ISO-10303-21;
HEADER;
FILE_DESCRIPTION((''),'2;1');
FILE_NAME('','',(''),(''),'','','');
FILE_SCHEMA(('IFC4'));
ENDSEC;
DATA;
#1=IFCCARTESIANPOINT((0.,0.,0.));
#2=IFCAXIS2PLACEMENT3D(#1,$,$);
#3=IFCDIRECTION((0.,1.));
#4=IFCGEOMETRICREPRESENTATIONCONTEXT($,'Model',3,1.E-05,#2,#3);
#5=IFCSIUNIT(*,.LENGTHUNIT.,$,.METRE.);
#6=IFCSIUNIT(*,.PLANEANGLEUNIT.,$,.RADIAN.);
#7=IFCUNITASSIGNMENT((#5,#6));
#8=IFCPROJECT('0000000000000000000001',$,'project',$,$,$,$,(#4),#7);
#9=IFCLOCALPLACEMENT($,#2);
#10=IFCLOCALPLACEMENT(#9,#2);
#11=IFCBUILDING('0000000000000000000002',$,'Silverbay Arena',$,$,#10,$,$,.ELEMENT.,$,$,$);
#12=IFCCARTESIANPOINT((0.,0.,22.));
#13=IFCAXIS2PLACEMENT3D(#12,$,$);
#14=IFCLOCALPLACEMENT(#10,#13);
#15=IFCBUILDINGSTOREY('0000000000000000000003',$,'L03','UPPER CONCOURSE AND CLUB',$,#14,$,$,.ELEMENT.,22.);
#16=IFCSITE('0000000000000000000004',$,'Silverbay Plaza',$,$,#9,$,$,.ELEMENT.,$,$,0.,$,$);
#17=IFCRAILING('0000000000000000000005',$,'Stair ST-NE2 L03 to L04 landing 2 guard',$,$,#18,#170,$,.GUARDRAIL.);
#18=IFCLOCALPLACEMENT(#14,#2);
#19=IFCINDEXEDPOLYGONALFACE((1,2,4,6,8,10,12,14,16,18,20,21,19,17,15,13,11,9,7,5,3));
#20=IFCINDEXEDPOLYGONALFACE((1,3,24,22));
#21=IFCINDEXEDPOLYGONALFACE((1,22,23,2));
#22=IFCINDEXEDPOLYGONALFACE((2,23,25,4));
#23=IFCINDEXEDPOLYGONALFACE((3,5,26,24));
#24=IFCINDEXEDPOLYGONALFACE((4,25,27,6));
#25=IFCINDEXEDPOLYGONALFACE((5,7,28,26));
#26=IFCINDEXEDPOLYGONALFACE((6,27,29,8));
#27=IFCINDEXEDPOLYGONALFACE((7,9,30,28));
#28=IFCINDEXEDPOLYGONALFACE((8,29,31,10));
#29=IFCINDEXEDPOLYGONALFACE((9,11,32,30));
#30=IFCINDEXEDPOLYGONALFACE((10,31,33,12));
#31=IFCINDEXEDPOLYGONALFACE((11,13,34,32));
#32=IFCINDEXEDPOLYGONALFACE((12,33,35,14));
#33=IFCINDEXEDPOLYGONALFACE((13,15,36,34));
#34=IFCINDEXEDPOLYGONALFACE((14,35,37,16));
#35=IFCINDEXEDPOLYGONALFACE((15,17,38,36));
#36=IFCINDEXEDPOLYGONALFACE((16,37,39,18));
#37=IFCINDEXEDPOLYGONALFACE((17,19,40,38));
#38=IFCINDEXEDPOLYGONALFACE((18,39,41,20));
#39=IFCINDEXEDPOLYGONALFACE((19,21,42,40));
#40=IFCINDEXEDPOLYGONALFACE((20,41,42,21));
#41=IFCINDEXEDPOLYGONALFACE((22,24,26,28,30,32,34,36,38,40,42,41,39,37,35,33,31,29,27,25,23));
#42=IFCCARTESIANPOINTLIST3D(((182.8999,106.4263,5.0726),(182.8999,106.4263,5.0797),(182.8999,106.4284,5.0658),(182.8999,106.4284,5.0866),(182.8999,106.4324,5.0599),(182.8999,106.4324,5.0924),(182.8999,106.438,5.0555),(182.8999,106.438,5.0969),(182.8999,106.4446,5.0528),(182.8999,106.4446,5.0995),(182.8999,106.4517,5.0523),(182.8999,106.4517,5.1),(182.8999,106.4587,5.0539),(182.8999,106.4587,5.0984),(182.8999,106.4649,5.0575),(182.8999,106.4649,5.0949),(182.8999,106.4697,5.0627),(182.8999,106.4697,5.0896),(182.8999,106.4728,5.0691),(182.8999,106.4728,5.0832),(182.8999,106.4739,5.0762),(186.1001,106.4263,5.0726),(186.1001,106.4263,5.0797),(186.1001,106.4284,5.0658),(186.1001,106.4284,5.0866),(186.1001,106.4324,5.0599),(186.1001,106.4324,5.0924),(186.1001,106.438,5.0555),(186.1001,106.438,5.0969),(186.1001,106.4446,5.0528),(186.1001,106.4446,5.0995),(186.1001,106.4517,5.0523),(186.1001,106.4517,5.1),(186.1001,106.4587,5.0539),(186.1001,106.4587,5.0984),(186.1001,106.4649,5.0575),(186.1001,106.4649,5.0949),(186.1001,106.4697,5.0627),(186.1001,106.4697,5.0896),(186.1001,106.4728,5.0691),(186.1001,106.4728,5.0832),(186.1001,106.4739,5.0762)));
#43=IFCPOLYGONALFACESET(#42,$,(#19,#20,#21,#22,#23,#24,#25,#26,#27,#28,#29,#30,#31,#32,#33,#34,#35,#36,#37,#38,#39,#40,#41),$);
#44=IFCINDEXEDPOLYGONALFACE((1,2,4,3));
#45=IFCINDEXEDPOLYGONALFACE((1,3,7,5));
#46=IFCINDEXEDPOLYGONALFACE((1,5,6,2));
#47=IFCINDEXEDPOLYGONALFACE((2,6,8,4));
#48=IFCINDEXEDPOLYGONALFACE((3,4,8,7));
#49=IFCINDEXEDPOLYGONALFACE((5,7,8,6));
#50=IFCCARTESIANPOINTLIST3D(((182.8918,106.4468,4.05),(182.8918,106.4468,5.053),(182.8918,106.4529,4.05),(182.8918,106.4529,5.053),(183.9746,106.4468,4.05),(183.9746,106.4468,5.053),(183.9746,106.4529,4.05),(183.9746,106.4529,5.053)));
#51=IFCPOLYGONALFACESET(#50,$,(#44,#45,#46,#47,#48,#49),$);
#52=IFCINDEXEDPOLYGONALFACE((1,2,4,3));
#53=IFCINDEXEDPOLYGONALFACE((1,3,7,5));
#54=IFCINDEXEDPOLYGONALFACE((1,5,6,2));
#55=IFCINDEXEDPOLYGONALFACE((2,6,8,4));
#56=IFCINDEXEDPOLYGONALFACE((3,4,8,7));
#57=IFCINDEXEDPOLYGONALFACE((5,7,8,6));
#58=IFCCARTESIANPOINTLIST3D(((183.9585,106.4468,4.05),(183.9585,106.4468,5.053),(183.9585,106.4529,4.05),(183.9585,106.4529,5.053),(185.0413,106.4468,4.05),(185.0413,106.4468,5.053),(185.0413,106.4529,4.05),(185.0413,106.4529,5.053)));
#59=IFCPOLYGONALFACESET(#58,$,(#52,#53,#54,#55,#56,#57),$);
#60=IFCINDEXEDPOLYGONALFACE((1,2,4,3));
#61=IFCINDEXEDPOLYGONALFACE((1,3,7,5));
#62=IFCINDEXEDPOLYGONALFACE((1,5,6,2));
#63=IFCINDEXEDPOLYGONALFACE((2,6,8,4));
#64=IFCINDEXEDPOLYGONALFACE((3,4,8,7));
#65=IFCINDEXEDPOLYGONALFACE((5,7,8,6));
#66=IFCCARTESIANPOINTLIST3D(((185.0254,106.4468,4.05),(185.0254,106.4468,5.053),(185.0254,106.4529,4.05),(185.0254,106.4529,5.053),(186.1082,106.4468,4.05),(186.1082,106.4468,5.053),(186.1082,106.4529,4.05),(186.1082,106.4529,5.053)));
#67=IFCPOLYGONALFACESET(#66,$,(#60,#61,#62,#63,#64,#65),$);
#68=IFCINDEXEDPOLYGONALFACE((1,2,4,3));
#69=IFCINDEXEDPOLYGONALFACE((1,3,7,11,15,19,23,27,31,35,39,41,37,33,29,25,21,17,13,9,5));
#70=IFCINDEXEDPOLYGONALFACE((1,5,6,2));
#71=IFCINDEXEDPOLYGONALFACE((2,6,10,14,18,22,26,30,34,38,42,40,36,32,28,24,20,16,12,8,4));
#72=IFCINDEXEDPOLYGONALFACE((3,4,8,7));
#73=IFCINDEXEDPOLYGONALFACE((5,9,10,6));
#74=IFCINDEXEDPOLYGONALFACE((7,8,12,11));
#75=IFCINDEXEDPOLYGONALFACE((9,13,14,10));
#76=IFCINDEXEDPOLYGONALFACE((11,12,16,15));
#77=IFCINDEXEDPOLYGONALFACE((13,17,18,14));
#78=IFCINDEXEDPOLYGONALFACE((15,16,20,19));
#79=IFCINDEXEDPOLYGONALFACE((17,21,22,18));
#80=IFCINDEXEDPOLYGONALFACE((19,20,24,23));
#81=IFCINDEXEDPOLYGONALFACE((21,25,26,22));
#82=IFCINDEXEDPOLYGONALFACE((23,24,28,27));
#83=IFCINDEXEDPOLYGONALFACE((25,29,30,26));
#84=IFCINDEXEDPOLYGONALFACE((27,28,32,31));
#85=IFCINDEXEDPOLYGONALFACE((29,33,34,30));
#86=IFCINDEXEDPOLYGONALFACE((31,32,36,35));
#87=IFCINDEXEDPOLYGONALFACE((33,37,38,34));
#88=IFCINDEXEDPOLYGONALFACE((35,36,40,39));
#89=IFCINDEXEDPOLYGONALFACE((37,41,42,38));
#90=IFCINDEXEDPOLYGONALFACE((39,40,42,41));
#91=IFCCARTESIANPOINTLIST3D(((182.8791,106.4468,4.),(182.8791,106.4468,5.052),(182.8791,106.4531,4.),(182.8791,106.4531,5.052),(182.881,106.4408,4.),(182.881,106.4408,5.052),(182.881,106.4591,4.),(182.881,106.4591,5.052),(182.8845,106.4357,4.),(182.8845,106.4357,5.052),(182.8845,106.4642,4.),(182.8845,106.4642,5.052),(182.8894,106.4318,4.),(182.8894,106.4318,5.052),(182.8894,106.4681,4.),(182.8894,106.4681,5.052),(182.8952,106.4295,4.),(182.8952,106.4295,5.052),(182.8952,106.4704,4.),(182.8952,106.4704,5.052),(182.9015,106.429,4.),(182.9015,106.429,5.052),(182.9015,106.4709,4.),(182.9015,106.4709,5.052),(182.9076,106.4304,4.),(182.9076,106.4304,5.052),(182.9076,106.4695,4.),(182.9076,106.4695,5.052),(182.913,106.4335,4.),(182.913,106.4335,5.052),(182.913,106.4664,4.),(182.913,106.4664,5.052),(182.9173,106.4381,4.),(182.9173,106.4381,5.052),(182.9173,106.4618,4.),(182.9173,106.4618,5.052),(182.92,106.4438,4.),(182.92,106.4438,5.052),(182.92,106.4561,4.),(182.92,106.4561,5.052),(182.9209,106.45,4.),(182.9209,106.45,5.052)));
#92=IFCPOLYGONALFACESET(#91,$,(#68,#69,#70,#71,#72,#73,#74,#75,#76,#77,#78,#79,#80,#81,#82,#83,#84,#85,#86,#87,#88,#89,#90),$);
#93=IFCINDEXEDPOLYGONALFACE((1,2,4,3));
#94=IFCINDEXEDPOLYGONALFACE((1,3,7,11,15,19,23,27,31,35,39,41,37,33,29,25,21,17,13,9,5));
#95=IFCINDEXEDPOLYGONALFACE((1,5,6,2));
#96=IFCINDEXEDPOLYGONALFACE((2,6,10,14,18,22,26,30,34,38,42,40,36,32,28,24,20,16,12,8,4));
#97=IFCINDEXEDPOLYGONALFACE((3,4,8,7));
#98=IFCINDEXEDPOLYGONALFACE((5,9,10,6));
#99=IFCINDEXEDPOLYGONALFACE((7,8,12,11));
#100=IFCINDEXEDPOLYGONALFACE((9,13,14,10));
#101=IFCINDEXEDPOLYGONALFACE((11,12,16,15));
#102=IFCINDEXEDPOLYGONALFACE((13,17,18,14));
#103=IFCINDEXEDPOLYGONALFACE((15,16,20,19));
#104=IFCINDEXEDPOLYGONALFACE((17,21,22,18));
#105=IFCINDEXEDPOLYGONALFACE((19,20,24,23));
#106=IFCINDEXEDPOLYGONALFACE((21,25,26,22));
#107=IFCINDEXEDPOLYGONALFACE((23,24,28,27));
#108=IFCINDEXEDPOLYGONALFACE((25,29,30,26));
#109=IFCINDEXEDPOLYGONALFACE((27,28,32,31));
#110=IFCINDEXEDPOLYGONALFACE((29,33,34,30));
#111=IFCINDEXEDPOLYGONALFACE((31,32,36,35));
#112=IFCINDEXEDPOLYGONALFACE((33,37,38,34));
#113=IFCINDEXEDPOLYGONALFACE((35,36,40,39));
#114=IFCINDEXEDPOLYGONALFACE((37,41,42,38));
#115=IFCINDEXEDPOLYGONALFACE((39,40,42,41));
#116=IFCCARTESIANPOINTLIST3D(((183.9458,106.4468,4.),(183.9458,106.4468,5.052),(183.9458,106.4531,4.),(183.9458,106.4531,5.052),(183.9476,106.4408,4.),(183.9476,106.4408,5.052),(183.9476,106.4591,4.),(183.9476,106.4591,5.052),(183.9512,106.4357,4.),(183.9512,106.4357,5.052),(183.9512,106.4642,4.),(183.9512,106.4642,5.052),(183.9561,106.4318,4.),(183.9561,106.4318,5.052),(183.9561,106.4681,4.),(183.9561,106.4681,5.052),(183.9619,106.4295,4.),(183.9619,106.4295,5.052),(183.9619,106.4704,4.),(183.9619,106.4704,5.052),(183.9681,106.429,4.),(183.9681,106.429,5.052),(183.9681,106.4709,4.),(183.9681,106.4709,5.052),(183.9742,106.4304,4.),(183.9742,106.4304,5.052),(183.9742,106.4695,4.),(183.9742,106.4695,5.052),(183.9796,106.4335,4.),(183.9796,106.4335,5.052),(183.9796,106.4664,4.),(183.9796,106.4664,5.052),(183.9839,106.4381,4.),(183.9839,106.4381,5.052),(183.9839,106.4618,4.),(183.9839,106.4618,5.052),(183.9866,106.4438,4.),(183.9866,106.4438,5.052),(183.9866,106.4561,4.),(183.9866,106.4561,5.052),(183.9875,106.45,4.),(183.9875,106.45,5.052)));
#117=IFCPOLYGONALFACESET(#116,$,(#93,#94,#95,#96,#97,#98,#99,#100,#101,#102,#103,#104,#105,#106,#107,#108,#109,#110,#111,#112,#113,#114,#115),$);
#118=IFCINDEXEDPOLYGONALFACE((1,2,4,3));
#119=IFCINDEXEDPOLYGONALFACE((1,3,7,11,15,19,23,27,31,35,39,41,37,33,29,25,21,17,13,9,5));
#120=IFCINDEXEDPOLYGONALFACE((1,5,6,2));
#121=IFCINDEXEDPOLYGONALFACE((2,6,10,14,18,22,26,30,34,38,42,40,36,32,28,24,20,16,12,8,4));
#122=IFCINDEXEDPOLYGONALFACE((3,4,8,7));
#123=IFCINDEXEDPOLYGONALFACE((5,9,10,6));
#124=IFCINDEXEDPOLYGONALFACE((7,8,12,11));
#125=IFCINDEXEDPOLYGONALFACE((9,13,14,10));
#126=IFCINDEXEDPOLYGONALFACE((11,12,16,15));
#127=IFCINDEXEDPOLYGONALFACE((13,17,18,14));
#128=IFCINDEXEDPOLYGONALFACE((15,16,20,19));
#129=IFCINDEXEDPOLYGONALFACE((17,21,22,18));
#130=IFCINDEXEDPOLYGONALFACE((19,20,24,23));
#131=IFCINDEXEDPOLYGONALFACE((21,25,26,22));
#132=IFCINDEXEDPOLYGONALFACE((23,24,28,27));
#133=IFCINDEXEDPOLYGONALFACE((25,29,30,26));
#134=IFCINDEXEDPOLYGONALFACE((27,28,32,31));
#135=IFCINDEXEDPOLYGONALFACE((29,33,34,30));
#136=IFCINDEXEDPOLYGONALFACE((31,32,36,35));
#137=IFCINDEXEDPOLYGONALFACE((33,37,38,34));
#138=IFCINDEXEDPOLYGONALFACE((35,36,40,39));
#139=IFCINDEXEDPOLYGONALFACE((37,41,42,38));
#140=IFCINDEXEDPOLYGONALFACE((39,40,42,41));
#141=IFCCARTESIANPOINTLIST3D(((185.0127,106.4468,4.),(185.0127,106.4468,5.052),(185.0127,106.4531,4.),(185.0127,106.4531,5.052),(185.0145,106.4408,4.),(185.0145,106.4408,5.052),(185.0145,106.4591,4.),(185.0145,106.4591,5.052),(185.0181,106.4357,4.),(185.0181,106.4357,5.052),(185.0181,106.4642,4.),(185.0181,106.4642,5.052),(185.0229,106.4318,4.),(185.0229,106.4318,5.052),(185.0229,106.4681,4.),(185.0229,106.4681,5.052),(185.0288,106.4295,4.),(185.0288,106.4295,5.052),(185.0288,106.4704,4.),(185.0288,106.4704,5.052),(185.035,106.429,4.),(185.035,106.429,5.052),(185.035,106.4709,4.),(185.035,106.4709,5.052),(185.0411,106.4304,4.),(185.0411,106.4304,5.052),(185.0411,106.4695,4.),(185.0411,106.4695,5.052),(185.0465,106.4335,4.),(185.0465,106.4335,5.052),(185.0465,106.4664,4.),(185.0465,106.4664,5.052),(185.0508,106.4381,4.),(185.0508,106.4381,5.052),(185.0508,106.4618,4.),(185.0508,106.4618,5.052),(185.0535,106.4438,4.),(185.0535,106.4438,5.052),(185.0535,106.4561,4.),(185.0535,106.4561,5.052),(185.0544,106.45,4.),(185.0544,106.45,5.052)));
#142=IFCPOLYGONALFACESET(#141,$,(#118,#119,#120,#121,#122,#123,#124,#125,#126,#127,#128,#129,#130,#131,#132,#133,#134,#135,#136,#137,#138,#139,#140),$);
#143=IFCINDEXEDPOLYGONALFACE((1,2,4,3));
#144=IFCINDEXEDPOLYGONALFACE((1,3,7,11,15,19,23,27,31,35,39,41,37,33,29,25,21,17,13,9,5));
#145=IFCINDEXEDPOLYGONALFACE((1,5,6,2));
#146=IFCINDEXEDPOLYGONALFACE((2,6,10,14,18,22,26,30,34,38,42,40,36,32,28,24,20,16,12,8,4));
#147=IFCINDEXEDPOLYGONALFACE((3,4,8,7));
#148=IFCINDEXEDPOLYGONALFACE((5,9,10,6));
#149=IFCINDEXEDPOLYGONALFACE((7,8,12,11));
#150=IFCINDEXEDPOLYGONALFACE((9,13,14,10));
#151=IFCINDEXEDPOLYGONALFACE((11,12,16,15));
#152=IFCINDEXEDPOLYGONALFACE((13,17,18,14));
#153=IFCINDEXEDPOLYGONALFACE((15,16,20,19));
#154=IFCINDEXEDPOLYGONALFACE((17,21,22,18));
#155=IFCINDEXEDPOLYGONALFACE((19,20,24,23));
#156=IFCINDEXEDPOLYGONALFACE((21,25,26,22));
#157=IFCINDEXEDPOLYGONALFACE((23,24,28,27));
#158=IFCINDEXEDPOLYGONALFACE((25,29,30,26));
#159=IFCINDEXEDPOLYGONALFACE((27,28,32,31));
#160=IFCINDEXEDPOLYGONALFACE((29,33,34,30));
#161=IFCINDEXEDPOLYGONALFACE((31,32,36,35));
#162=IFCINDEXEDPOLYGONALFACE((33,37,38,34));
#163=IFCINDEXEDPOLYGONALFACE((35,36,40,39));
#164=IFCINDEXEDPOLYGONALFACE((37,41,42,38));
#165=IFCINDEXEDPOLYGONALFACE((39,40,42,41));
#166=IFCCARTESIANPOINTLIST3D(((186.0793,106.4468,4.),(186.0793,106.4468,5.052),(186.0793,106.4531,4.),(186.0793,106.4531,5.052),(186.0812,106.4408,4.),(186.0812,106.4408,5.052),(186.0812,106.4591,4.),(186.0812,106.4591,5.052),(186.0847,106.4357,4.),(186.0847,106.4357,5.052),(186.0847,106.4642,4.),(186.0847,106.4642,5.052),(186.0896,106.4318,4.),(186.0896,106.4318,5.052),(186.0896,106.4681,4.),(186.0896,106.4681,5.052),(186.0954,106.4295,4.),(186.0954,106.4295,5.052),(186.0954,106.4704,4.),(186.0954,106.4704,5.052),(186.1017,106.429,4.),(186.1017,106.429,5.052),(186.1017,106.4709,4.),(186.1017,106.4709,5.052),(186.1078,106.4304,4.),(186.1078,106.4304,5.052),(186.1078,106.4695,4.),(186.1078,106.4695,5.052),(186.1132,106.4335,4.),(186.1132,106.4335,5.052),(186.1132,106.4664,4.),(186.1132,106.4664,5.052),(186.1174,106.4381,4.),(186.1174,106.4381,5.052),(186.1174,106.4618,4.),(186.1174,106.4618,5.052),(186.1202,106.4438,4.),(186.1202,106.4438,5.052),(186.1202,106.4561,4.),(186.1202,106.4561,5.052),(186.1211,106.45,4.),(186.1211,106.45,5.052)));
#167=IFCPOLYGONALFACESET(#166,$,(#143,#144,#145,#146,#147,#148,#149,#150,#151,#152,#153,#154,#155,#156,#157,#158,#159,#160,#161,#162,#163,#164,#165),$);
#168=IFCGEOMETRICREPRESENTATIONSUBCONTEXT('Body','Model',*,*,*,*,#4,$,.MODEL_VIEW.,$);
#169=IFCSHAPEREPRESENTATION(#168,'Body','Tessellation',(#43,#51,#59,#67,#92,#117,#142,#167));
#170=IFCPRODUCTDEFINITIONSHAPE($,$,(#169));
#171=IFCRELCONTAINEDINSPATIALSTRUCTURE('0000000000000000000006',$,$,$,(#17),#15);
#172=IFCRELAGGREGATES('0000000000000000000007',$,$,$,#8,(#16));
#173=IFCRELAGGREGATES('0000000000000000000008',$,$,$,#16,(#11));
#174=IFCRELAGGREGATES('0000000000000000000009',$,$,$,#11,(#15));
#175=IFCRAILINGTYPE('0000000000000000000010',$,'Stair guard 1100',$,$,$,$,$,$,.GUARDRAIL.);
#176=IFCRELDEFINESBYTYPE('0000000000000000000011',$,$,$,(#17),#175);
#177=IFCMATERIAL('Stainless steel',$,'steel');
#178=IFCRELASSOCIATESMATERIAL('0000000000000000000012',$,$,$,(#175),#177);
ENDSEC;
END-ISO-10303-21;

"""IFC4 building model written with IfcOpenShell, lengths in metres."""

from ifc_helpers import new_model, si_unit, direction, frame, origin, origin_2d, place, context, subcontext, project, spatial, polyline, circle, outline, extrude, material, type_object, element, save


model = new_model("IFC4")

# Units and contexts
model_context = context("Model", 3, precision=1e-05, world=origin(), true_north=direction((0.0, 1.0)))
body_context = subcontext(model_context, "Body", "Model", "MODEL_VIEW")
ifc_project = project(units=[si_unit("LENGTHUNIT", "METRE"), si_unit("PLANEANGLEUNIT", "RADIAN")], contexts=[model_context])

# Site, building, storey
site_placement = place(None, origin())
site = spatial("IfcSite", under=ifc_project, at=site_placement, Name="Silverbay Plaza", CompositionType="ELEMENT", RefElevation=0.0)
building_placement = place(site_placement, origin())
building = spatial("IfcBuilding", under=site, at=building_placement, Name="Silverbay Arena", CompositionType="ELEMENT")
storey_placement = place(building_placement, frame((0.0, 0.0, 22.0)))
storey = spatial("IfcBuildingStorey", under=building, at=storey_placement, Name="L03", Description="UPPER CONCOURSE AND CLUB", CompositionType="ELEMENT", Elevation=22.0)

# Railing
ifc_material_1 = material(Name="Stainless steel", Category="steel")
railing_type_1 = type_object("IfcRailingType", Name="Stair guard 1100", PredefinedType="GUARDRAIL", material=ifc_material_1)
for number, where, name in (
    (1, (182.8999, 106.45, 4.0), "Stair ST-NE2 L03 to L04 landing 2 guard"),
):
    element("IfcRailing", number, at=place(storey_placement, frame(where)), inside=storey, type_object=railing_type_1, Name=name, PredefinedType="GUARDRAIL", context=body_context, shape_type="SweptSolid", body=[
        extrude(circle(Radius=0.0239, at=origin_2d()), frame((0.0, 0.0, 1.0762), z_axis=(1.0, 0.0, 0.0), x_axis=(0.0, 1.0, 0.0)), (0.0, 0.0, 1.0), 3.2002),
        extrude(outline(polyline([(-0.0081, 0.05), (1.0747, 0.05), (1.0747, 1.053), (-0.0081, 1.053), (-0.0081, 0.05)])), frame((0.0, 0.0029, 0.0), z_axis=(0.0, -1.0, 0.0), x_axis=(1.0, 0.0, 0.0)), (0.0, 0.0, 1.0), 0.0061),
        extrude(outline(polyline([(-0.0081, 0.05), (1.0747, 0.05), (1.0747, 1.053), (-0.0081, 1.053), (-0.0081, 0.05)])), frame((1.0667, 0.0029, 0.0), z_axis=(0.0, -1.0, 0.0), x_axis=(1.0, 0.0, 0.0)), (0.0, 0.0, 1.0), 0.0061),
        extrude(outline(polyline([(-0.0081, 0.05), (1.0747, 0.05), (1.0747, 1.053), (-0.0081, 1.053), (-0.0081, 0.05)])), frame((2.1335, 0.0029, 0.0), z_axis=(0.0, -1.0, 0.0), x_axis=(1.0, 0.0, 0.0)), (0.0, 0.0, 1.0), 0.0061),
        extrude(circle(Radius=0.021, at=origin_2d()), origin(), (0.0, 0.0, 1.0), 1.052),
        extrude(circle(Radius=0.021, at=origin_2d()), frame((1.0667, 0.0, 0.0)), (0.0, 0.0, 1.0), 1.052),
        extrude(circle(Radius=0.021, at=origin_2d()), frame((2.1335, 0.0, 0.0)), (0.0, 0.0, 1.0), 1.052),
        extrude(circle(Radius=0.021, at=origin_2d()), frame((3.2002, 0.0, 0.0)), (0.0, 0.0, 1.0), 1.052),
    ])

save(model, "model.ifc")
